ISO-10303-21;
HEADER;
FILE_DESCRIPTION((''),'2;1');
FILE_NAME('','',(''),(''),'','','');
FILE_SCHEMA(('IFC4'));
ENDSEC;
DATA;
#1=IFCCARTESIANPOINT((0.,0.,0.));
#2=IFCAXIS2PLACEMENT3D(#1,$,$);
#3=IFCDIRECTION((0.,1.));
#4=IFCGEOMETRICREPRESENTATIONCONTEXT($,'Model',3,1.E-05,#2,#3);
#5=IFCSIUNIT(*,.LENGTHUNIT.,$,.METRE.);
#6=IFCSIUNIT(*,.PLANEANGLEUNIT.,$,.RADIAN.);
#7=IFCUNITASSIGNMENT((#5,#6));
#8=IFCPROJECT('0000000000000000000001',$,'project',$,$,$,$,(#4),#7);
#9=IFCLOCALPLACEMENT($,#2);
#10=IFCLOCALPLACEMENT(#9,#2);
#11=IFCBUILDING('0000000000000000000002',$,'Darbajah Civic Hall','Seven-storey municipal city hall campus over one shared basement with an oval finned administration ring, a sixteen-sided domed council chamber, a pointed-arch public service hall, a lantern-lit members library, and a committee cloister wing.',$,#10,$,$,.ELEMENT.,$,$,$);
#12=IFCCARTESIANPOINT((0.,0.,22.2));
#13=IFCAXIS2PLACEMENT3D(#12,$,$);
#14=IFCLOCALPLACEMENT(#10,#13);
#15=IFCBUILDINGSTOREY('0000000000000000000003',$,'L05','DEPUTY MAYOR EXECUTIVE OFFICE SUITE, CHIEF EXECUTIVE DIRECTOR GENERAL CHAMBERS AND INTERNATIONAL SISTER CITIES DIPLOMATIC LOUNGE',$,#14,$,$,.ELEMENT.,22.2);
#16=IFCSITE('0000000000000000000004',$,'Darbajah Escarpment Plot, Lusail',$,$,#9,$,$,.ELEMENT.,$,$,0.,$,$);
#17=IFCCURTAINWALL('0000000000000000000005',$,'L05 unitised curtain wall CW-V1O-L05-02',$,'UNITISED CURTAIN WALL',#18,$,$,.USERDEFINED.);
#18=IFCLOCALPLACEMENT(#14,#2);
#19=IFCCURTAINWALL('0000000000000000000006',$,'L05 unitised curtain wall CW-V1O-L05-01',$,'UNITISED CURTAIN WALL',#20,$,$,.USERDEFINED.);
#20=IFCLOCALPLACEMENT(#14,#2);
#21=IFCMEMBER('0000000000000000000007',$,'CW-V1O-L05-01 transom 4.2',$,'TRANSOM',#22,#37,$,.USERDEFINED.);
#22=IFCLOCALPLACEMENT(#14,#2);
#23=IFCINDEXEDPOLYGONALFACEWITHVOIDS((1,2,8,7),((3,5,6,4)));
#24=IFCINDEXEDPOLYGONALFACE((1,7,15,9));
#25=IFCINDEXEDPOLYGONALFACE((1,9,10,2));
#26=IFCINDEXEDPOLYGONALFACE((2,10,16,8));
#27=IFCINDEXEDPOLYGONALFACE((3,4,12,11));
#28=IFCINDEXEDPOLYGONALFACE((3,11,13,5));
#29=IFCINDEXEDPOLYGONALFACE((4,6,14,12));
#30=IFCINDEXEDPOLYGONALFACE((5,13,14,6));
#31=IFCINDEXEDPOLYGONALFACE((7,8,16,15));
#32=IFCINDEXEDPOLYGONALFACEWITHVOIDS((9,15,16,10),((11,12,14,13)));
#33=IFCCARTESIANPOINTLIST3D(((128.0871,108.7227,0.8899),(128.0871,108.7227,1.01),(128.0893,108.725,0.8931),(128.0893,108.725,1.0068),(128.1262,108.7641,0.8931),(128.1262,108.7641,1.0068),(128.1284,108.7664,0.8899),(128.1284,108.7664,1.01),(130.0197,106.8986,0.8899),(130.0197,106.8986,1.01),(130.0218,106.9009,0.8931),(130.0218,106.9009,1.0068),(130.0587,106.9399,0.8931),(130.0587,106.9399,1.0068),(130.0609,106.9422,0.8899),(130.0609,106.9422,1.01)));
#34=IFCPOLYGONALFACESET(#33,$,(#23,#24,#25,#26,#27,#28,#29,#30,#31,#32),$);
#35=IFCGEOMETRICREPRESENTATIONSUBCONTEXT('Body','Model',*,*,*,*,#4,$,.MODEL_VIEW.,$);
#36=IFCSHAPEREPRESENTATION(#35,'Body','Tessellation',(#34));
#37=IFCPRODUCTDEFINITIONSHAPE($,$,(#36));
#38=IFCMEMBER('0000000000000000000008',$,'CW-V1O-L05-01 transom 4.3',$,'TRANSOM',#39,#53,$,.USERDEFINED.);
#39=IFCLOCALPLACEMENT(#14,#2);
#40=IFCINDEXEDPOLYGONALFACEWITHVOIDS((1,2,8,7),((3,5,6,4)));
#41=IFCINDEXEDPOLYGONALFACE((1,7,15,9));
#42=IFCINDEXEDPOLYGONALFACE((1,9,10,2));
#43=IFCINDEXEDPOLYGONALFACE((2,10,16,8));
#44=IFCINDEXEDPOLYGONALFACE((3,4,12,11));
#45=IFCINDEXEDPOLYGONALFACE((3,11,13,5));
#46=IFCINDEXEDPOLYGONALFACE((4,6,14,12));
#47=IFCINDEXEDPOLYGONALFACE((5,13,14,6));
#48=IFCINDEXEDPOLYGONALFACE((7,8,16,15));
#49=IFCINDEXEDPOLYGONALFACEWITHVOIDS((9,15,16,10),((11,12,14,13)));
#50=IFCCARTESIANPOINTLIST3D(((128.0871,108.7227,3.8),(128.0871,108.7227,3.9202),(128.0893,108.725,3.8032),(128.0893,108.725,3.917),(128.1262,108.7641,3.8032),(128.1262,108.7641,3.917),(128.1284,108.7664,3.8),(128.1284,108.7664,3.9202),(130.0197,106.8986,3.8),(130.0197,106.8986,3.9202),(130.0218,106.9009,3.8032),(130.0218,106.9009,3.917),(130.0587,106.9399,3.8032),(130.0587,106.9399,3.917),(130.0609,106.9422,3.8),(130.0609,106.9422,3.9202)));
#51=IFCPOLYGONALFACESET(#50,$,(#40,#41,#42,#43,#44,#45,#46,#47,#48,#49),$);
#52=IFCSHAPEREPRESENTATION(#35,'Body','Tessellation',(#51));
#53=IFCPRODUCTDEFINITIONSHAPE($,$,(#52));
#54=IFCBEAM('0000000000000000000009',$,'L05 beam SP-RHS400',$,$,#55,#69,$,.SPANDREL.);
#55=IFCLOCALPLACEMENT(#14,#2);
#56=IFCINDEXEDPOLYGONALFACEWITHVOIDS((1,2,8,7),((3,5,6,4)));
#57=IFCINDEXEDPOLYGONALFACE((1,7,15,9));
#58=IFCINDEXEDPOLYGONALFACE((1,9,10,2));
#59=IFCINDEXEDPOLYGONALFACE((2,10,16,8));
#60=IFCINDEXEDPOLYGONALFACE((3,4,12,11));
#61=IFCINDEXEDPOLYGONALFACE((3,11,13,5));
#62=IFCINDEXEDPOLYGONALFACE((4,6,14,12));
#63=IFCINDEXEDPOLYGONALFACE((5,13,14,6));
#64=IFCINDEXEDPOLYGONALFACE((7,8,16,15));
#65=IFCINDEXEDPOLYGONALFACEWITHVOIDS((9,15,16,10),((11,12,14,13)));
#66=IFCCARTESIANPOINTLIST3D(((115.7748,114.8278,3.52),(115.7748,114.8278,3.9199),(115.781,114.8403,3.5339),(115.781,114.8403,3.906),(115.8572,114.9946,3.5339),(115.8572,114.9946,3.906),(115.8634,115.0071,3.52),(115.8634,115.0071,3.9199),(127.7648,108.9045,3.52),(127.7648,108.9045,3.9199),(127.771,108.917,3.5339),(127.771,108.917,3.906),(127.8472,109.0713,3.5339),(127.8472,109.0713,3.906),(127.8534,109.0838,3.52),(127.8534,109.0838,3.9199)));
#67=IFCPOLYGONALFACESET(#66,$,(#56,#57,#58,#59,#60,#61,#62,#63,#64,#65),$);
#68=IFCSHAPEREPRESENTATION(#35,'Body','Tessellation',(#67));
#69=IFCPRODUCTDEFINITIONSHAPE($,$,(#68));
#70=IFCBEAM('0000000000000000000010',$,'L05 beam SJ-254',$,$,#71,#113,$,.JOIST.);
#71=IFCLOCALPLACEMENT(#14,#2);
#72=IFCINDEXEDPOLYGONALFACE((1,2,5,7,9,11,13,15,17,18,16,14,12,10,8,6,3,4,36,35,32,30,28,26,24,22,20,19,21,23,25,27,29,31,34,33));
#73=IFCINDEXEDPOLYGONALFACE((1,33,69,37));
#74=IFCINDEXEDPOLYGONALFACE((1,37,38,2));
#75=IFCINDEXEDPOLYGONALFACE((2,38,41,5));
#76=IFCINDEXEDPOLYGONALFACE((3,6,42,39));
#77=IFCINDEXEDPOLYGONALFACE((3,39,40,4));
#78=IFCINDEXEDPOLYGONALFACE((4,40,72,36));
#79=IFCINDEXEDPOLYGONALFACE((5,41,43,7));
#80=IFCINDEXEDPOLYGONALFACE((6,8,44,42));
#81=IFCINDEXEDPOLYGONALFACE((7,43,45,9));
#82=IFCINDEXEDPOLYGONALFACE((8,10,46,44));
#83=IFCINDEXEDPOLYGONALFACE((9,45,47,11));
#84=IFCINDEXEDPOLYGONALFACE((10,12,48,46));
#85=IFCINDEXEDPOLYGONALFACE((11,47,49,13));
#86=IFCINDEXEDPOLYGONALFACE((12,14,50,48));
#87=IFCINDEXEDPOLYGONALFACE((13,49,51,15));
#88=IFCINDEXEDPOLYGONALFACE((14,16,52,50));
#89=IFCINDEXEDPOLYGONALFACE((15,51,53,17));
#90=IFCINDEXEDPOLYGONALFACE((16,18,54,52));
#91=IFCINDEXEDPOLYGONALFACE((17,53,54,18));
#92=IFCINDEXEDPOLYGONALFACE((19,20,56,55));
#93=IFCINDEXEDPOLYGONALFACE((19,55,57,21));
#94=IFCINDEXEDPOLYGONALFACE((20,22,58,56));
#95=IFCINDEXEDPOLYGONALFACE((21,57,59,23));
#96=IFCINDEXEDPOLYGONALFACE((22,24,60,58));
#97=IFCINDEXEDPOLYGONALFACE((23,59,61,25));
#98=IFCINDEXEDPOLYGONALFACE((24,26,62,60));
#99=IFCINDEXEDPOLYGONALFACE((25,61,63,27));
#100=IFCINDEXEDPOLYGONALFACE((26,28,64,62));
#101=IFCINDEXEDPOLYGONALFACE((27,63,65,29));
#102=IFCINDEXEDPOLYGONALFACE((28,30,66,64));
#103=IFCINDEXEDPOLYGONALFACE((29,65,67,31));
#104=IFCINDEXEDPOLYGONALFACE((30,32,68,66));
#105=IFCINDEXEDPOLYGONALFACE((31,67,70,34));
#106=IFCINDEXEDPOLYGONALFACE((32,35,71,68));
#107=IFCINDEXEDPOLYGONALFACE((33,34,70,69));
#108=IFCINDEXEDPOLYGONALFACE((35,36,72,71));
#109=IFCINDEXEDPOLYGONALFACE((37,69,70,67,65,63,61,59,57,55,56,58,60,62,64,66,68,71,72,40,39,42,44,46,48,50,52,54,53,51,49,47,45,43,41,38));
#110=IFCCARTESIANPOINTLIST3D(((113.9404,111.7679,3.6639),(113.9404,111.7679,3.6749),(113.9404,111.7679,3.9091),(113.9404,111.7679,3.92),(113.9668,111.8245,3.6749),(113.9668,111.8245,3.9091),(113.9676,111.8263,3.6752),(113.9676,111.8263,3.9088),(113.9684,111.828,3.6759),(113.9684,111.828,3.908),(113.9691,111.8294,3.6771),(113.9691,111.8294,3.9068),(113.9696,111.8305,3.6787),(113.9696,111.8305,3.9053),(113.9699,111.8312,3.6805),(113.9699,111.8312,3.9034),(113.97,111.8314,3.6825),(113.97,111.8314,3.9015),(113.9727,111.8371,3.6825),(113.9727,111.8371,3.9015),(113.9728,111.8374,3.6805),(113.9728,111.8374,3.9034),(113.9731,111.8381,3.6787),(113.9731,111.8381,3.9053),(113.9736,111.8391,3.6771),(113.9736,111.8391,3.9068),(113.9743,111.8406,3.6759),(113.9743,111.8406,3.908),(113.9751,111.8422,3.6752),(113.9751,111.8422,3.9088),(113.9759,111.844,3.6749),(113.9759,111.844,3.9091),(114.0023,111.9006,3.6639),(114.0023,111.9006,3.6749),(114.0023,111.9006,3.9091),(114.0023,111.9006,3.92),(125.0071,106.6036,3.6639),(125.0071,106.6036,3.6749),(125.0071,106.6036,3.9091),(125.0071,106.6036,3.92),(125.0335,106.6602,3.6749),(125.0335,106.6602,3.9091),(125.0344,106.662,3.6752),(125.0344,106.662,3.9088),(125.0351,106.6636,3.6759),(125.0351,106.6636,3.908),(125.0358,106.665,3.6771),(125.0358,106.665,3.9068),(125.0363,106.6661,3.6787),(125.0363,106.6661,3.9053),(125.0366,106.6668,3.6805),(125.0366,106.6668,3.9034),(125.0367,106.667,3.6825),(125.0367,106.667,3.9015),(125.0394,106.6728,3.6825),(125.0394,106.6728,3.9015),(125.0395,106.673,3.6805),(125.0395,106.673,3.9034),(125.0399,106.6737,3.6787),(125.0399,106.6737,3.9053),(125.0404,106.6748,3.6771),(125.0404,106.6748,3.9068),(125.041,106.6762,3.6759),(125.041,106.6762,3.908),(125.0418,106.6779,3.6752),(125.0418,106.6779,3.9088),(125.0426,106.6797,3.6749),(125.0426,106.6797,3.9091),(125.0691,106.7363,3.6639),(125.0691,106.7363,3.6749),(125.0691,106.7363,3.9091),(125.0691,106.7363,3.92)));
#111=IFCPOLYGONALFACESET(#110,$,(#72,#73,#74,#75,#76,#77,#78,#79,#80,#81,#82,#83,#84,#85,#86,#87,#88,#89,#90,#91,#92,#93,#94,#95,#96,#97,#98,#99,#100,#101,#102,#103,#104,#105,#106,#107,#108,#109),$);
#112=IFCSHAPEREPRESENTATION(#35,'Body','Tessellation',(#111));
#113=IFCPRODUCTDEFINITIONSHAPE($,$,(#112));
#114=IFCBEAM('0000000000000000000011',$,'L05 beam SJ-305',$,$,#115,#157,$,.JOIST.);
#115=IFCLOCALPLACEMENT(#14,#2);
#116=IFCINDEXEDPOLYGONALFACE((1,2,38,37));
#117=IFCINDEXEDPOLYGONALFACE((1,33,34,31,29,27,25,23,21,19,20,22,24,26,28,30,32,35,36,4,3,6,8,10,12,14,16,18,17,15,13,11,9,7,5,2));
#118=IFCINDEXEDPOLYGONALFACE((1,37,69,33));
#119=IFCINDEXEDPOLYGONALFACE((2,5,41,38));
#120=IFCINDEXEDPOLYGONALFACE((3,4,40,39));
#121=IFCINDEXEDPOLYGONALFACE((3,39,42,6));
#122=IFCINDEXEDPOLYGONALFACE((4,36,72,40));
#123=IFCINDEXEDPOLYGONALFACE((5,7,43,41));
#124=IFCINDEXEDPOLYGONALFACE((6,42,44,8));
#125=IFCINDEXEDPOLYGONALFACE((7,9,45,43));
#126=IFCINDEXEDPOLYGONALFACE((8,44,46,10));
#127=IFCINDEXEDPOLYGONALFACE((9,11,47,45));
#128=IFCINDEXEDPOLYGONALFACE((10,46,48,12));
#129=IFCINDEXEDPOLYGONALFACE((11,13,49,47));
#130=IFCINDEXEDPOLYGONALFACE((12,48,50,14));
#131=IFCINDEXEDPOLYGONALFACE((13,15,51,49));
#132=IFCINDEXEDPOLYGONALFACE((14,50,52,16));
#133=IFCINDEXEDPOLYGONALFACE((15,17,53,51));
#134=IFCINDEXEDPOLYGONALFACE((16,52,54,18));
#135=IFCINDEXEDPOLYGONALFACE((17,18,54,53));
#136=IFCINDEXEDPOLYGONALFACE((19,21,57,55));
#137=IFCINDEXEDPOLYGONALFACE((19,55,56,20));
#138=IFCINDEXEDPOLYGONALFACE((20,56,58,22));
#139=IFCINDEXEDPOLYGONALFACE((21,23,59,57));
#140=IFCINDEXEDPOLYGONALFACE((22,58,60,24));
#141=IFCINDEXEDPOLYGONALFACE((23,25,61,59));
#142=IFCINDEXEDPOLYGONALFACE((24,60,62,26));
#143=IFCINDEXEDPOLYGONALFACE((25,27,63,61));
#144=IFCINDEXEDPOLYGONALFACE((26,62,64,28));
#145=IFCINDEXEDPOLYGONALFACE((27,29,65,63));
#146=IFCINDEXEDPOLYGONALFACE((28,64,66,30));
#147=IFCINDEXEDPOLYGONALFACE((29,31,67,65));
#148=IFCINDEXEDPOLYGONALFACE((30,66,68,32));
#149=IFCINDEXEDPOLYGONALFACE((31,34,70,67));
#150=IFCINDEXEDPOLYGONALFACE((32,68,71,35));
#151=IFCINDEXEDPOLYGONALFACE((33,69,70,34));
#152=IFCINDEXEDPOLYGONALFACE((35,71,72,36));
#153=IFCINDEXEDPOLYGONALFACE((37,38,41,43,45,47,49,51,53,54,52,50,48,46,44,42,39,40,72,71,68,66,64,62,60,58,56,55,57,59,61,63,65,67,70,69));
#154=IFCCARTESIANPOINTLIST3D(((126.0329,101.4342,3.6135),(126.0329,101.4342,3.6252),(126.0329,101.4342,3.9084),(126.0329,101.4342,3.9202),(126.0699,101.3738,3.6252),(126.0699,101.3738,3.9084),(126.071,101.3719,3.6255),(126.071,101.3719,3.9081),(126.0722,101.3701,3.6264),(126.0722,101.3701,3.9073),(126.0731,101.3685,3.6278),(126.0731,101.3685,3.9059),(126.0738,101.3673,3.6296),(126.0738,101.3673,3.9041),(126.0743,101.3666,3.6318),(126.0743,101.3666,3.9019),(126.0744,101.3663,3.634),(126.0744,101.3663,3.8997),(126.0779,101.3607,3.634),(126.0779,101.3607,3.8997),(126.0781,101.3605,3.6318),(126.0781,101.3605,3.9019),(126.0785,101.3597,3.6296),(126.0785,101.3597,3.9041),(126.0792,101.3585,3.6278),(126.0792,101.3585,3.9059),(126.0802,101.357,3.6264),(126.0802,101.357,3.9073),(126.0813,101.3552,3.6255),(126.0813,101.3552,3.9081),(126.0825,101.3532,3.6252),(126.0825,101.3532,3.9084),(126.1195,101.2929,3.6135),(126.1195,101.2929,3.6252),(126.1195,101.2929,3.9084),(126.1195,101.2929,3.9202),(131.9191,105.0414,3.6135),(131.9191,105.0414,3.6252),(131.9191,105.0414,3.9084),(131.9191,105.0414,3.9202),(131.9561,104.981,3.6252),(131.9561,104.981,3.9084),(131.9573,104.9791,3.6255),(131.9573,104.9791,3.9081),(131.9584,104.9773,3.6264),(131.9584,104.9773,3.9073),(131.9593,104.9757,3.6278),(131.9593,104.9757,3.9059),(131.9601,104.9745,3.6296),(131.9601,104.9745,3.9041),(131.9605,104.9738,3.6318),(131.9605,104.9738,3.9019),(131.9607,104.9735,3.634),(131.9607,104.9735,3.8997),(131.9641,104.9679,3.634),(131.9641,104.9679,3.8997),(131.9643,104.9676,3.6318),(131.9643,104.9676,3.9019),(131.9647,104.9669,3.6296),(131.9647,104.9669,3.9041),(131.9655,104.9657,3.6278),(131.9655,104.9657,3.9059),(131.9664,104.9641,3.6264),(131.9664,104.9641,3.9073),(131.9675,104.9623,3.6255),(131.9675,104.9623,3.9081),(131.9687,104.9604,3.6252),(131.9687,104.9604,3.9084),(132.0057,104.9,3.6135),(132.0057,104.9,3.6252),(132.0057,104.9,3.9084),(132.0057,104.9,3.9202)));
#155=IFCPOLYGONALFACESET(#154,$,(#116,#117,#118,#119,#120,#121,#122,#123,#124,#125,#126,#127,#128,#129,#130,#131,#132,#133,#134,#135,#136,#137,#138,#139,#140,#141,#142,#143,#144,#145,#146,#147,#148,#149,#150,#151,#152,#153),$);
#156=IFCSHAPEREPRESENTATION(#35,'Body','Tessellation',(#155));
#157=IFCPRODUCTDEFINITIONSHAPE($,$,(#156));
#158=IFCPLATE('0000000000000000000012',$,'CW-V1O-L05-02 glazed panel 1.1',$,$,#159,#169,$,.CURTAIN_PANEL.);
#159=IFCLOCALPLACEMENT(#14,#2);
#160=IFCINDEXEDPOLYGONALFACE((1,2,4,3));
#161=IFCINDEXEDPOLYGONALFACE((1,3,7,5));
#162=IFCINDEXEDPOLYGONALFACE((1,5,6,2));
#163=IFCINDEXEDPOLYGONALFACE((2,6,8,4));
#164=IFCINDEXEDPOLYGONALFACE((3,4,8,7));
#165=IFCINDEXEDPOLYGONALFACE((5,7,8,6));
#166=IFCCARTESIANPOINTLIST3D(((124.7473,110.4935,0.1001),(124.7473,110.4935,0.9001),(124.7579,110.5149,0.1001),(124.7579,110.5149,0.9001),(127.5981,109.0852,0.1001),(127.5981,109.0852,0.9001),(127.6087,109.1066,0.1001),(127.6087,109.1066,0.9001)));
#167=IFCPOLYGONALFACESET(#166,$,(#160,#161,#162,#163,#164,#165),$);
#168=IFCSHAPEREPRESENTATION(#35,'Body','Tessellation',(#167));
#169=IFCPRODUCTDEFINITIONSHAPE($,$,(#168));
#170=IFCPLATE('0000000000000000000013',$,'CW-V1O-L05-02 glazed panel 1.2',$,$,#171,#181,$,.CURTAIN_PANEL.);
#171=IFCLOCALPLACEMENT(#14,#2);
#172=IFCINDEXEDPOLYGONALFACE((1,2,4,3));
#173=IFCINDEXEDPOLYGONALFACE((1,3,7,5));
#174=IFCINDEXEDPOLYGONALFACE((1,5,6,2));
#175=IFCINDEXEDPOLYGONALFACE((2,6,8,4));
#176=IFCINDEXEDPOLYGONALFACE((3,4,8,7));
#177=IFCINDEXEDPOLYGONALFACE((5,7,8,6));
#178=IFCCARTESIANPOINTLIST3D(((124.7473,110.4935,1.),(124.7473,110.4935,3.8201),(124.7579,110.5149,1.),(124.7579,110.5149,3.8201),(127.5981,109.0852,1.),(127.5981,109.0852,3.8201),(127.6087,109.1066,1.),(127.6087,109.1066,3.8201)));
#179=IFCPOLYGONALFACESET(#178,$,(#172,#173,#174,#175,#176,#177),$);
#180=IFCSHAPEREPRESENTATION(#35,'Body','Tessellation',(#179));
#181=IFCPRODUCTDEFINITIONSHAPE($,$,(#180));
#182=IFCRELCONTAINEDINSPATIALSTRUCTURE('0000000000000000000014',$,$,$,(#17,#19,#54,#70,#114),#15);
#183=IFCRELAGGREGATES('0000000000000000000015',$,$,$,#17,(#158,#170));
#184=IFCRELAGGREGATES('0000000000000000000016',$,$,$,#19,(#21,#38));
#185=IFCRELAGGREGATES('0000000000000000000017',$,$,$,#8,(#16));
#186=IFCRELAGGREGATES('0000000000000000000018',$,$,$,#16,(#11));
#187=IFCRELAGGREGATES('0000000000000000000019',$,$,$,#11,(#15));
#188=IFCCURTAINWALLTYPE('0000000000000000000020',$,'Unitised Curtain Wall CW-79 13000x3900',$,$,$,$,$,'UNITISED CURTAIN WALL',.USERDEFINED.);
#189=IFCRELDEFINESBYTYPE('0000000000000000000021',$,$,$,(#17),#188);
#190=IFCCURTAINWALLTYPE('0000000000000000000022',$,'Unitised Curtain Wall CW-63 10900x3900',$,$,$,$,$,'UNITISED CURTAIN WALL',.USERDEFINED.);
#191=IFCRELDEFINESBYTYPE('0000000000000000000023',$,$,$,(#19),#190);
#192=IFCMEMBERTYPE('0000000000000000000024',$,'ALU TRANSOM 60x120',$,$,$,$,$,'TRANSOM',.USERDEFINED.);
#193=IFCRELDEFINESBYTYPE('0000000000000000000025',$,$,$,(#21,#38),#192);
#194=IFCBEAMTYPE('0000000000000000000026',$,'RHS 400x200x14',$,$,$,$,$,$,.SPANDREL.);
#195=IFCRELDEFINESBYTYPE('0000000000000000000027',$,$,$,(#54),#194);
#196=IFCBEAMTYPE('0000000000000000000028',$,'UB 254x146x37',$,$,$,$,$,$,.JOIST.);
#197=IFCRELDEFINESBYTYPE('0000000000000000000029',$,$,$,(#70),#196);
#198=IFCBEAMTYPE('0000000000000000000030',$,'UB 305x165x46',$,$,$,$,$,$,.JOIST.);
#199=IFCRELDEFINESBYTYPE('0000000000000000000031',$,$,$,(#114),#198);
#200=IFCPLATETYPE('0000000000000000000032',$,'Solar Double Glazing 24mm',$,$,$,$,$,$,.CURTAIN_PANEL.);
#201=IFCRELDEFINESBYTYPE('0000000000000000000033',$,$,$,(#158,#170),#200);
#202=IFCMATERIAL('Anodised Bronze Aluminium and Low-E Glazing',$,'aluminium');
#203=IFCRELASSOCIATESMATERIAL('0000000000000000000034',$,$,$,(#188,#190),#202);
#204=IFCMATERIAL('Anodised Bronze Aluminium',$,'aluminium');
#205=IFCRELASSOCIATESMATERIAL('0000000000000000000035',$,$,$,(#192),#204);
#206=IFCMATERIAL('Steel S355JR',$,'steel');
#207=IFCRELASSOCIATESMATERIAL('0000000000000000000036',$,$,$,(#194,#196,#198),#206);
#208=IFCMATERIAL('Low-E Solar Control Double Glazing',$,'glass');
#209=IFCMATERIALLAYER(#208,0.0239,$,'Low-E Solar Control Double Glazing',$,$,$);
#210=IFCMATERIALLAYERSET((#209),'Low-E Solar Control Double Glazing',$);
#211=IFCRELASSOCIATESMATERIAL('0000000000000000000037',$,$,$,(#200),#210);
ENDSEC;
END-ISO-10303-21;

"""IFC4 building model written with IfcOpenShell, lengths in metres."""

from ifc_helpers import new_model, si_unit, direction, frame, origin, origin_2d, place, context, subcontext, project, spatial, rectangle, hollow_rectangle, i_section, extrude, material, layer, layer_set, material_profile, profile_set, type_object, element, aggregate, save


model = new_model("IFC4")

# Units and contexts
model_context = context("Model", 3, precision=1e-05, world=origin(), true_north=direction((0.0, 1.0)))
body_context = subcontext(model_context, "Body", "Model", "MODEL_VIEW")
ifc_project = project(units=[si_unit("LENGTHUNIT", "METRE"), si_unit("PLANEANGLEUNIT", "RADIAN")], contexts=[model_context])

# Site, building, storey
site_placement = place(None, origin())
site = spatial("IfcSite", under=ifc_project, at=site_placement, Name="Darbajah Escarpment Plot, Lusail", CompositionType="ELEMENT", RefElevation=0.0)
building_placement = place(site_placement, origin())
building = spatial("IfcBuilding", under=site, at=building_placement, Name="Darbajah Civic Hall", Description="Seven-storey municipal city hall campus over one shared basement with an oval finned administration ring, a sixteen-sided domed council chamber, a pointed-arch public service hall, a lantern-lit members library, and a committee cloister wing.", CompositionType="ELEMENT")
storey_placement = place(building_placement, frame((0.0, 0.0, 22.2)))
storey = spatial("IfcBuildingStorey", under=building, at=storey_placement, Name="L05", Description="DEPUTY MAYOR EXECUTIVE OFFICE SUITE, CHIEF EXECUTIVE DIRECTOR GENERAL CHAMBERS AND INTERNATIONAL SISTER CITIES DIPLOMATIC LOUNGE", CompositionType="ELEMENT", Elevation=22.2)

# Curtain walls
ifc_material_1 = material(Name="Anodised Bronze Aluminium and Low-E Glazing", Category="aluminium")
curtain_wall_type_1 = type_object("IfcCurtainWallType", Name="Unitised Curtain Wall CW-79 13000x3900", ElementType="UNITISED CURTAIN WALL", PredefinedType="USERDEFINED", material=ifc_material_1)
curtain_wall_1_placement = place(storey_placement, origin())
curtain_wall_1 = element("IfcCurtainWall", 1, at=curtain_wall_1_placement, inside=storey, type_object=curtain_wall_type_1, Name="L05 unitised curtain wall CW-V1O-L05-02", ObjectType="UNITISED CURTAIN WALL", PredefinedType="USERDEFINED")
ifc_material_2 = material(Name="Anodised Bronze Aluminium", Category="aluminium")
curtain_wall_type_2 = type_object("IfcCurtainWallType", Name="Unitised Curtain Wall CW-63 10900x3900", ElementType="UNITISED CURTAIN WALL", PredefinedType="USERDEFINED", material=ifc_material_1)
curtain_wall_2_placement = place(storey_placement, origin())
curtain_wall_2 = element("IfcCurtainWall", 2, at=curtain_wall_2_placement, inside=storey, type_object=curtain_wall_type_2, Name="L05 unitised curtain wall CW-V1O-L05-01", ObjectType="UNITISED CURTAIN WALL", PredefinedType="USERDEFINED")

# Members
ifc_material_profile_1 = material_profile(ifc_material_2, hollow_rectangle(XDim=0.0601, YDim=0.1201, WallThickness=0.0032, at=origin_2d()), Name="ALU TRANSOM 60x120")
ifc_profile_set_1 = profile_set([ifc_material_profile_1], Name="Anodised Bronze Aluminium")
member_type_1 = type_object("IfcMemberType", Name="ALU TRANSOM 60x120", ElementType="TRANSOM", PredefinedType="USERDEFINED", material=ifc_profile_set_1)
member_1_placement = place(storey_placement, frame((130.0403, 106.9204, 0.95), z_axis=(-0.727207, 0.686418, 0.0), x_axis=(-0.686418, -0.727207, 0.0)))
member_1 = element("IfcMember", 3, at=member_1_placement, type_object=member_type_1, Name="CW-V1O-L05-01 transom 4.2", ObjectType="TRANSOM", PredefinedType="USERDEFINED", context=body_context, shape_type="SweptSolid", body=[
    extrude(hollow_rectangle(XDim=0.0601, YDim=0.1201, WallThickness=0.0032, at=origin_2d()), origin(), (0.0, 0.0, 1.0), 2.6575),
])
member_2_placement = place(storey_placement, frame((130.0403, 106.9204, 3.8601), z_axis=(-0.727207, 0.686418, 0.0), x_axis=(-0.686418, -0.727207, 0.0)))
member_2 = element("IfcMember", 4, at=member_2_placement, type_object=member_type_1, Name="CW-V1O-L05-01 transom 4.3", ObjectType="TRANSOM", PredefinedType="USERDEFINED", context=body_context, shape_type="SweptSolid", body=[
    extrude(hollow_rectangle(XDim=0.0601, YDim=0.1201, WallThickness=0.0032, at=origin_2d()), origin(), (0.0, 0.0, 1.0), 2.6575),
])

# Beams
ifc_material_3 = material(Name="Steel S355JR", Category="steel")
ifc_material_profile_2 = material_profile(ifc_material_3, hollow_rectangle(XDim=0.2, YDim=0.3999, WallThickness=0.0139, at=origin_2d()), Name="RHS 400x200x14")
ifc_profile_set_2 = profile_set([ifc_material_profile_2], Name="Steel S355JR")
beam_type_1 = type_object("IfcBeamType", Name="RHS 400x200x14", PredefinedType="SPANDREL", material=ifc_profile_set_2)
beam_1_placement = place(storey_placement, frame((127.8091, 108.9941, 3.72), z_axis=(-0.89656, 0.442922, 0.0), x_axis=(-0.442922, -0.89656, 0.0)))
element("IfcBeam", 5, at=beam_1_placement, inside=storey, type_object=beam_type_1, Name="L05 beam SP-RHS400", PredefinedType="SPANDREL", context=body_context, shape_type="SweptSolid", body=[
    extrude(hollow_rectangle(XDim=0.2, YDim=0.3999, WallThickness=0.0139, at=origin_2d()), origin(), (0.0, 0.0, 1.0), 13.3733),
])
ifc_material_profile_3 = material_profile(ifc_material_3, i_section(OverallWidth=0.1465, OverallDepth=0.2561, WebThickness=0.0063, FlangeThickness=0.011, FilletRadius=0.0076, at=origin_2d()), Name="UB 254x146x37")
ifc_profile_set_3 = profile_set([ifc_material_profile_3], Name="Steel S355JR")
beam_type_2 = type_object("IfcBeamType", Name="UB 254x146x37", PredefinedType="JOIST", material=ifc_profile_set_3)
beam_2_placement = place(storey_placement, frame((125.0381, 106.6699, 3.792), z_axis=(-0.906187, 0.422877, 0.0), x_axis=(-0.422877, -0.906187, 0.0)))
element("IfcBeam", 6, at=beam_2_placement, inside=storey, type_object=beam_type_2, Name="L05 beam SJ-254", PredefinedType="JOIST", context=body_context, shape_type="SweptSolid", body=[
    extrude(i_section(OverallWidth=0.1465, OverallDepth=0.2561, WebThickness=0.0063, FlangeThickness=0.011, FilletRadius=0.0076, at=origin_2d()), origin(), (0.0, 0.0, 1.0), 12.2124),
])
ifc_material_profile_4 = material_profile(ifc_material_3, i_section(OverallWidth=0.1658, OverallDepth=0.3066, WebThickness=0.0066, FlangeThickness=0.0117, FilletRadius=0.0088, at=origin_2d()), Name="UB 305x165x46")
ifc_profile_set_4 = profile_set([ifc_material_profile_4], Name="Steel S355JR")
beam_type_3 = type_object("IfcBeamType", Name="UB 305x165x46", PredefinedType="JOIST", material=ifc_profile_set_4)
beam_3_placement = place(storey_placement, frame((126.0762, 101.3635, 3.7668), z_axis=(0.852634, 0.522508, 0.0), x_axis=(-0.522508, 0.852634, 0.0)))
element("IfcBeam", 7, at=beam_3_placement, inside=storey, type_object=beam_type_3, Name="L05 beam SJ-305", PredefinedType="JOIST", context=body_context, shape_type="SweptSolid", body=[
    extrude(i_section(OverallWidth=0.1658, OverallDepth=0.3066, WebThickness=0.0066, FlangeThickness=0.0117, FilletRadius=0.0088, at=origin_2d()), origin(), (0.0, 0.0, 1.0), 6.9036),
])

# Plates
ifc_material_4 = material(Name="Low-E Solar Control Double Glazing", Category="glass")
ifc_layer_1 = layer(ifc_material_4, 0.0239, Name="Low-E Solar Control Double Glazing")
ifc_layer_set_1 = layer_set([ifc_layer_1], Name="Low-E Solar Control Double Glazing")
plate_type_1 = type_object("IfcPlateType", Name="Solar Double Glazing 24mm", PredefinedType="CURTAIN_PANEL", material=ifc_layer_set_1)
plate_1_placement = place(storey_placement, frame((126.178, 109.8, 0.1001), z_axis=(0.0, 0.0, 1.0), x_axis=(-0.896564, 0.442915, 0.0)))
plate_1 = element("IfcPlate", 8, at=plate_1_placement, type_object=plate_type_1, Name="CW-V1O-L05-02 glazed panel 1.1", PredefinedType="CURTAIN_PANEL", context=body_context, shape_type="SweptSolid", body=[
    extrude(rectangle(XDim=3.1797, YDim=0.0239, at=origin_2d()), origin(), (0.0, 0.0, 1.0), 0.8),
])
plate_2_placement = place(storey_placement, frame((126.178, 109.8, 1.0), z_axis=(0.0, 0.0, 1.0), x_axis=(-0.896564, 0.442915, 0.0)))
plate_2 = element("IfcPlate", 9, at=plate_2_placement, type_object=plate_type_1, Name="CW-V1O-L05-02 glazed panel 1.2", PredefinedType="CURTAIN_PANEL", context=body_context, shape_type="SweptSolid", body=[
    extrude(rectangle(XDim=3.1797, YDim=0.0239, at=origin_2d()), origin(), (0.0, 0.0, 1.0), 2.8201),
])
aggregate(curtain_wall_1, [plate_1, plate_2])
aggregate(curtain_wall_2, [member_1, member_2])

save(model, "model.ifc")
